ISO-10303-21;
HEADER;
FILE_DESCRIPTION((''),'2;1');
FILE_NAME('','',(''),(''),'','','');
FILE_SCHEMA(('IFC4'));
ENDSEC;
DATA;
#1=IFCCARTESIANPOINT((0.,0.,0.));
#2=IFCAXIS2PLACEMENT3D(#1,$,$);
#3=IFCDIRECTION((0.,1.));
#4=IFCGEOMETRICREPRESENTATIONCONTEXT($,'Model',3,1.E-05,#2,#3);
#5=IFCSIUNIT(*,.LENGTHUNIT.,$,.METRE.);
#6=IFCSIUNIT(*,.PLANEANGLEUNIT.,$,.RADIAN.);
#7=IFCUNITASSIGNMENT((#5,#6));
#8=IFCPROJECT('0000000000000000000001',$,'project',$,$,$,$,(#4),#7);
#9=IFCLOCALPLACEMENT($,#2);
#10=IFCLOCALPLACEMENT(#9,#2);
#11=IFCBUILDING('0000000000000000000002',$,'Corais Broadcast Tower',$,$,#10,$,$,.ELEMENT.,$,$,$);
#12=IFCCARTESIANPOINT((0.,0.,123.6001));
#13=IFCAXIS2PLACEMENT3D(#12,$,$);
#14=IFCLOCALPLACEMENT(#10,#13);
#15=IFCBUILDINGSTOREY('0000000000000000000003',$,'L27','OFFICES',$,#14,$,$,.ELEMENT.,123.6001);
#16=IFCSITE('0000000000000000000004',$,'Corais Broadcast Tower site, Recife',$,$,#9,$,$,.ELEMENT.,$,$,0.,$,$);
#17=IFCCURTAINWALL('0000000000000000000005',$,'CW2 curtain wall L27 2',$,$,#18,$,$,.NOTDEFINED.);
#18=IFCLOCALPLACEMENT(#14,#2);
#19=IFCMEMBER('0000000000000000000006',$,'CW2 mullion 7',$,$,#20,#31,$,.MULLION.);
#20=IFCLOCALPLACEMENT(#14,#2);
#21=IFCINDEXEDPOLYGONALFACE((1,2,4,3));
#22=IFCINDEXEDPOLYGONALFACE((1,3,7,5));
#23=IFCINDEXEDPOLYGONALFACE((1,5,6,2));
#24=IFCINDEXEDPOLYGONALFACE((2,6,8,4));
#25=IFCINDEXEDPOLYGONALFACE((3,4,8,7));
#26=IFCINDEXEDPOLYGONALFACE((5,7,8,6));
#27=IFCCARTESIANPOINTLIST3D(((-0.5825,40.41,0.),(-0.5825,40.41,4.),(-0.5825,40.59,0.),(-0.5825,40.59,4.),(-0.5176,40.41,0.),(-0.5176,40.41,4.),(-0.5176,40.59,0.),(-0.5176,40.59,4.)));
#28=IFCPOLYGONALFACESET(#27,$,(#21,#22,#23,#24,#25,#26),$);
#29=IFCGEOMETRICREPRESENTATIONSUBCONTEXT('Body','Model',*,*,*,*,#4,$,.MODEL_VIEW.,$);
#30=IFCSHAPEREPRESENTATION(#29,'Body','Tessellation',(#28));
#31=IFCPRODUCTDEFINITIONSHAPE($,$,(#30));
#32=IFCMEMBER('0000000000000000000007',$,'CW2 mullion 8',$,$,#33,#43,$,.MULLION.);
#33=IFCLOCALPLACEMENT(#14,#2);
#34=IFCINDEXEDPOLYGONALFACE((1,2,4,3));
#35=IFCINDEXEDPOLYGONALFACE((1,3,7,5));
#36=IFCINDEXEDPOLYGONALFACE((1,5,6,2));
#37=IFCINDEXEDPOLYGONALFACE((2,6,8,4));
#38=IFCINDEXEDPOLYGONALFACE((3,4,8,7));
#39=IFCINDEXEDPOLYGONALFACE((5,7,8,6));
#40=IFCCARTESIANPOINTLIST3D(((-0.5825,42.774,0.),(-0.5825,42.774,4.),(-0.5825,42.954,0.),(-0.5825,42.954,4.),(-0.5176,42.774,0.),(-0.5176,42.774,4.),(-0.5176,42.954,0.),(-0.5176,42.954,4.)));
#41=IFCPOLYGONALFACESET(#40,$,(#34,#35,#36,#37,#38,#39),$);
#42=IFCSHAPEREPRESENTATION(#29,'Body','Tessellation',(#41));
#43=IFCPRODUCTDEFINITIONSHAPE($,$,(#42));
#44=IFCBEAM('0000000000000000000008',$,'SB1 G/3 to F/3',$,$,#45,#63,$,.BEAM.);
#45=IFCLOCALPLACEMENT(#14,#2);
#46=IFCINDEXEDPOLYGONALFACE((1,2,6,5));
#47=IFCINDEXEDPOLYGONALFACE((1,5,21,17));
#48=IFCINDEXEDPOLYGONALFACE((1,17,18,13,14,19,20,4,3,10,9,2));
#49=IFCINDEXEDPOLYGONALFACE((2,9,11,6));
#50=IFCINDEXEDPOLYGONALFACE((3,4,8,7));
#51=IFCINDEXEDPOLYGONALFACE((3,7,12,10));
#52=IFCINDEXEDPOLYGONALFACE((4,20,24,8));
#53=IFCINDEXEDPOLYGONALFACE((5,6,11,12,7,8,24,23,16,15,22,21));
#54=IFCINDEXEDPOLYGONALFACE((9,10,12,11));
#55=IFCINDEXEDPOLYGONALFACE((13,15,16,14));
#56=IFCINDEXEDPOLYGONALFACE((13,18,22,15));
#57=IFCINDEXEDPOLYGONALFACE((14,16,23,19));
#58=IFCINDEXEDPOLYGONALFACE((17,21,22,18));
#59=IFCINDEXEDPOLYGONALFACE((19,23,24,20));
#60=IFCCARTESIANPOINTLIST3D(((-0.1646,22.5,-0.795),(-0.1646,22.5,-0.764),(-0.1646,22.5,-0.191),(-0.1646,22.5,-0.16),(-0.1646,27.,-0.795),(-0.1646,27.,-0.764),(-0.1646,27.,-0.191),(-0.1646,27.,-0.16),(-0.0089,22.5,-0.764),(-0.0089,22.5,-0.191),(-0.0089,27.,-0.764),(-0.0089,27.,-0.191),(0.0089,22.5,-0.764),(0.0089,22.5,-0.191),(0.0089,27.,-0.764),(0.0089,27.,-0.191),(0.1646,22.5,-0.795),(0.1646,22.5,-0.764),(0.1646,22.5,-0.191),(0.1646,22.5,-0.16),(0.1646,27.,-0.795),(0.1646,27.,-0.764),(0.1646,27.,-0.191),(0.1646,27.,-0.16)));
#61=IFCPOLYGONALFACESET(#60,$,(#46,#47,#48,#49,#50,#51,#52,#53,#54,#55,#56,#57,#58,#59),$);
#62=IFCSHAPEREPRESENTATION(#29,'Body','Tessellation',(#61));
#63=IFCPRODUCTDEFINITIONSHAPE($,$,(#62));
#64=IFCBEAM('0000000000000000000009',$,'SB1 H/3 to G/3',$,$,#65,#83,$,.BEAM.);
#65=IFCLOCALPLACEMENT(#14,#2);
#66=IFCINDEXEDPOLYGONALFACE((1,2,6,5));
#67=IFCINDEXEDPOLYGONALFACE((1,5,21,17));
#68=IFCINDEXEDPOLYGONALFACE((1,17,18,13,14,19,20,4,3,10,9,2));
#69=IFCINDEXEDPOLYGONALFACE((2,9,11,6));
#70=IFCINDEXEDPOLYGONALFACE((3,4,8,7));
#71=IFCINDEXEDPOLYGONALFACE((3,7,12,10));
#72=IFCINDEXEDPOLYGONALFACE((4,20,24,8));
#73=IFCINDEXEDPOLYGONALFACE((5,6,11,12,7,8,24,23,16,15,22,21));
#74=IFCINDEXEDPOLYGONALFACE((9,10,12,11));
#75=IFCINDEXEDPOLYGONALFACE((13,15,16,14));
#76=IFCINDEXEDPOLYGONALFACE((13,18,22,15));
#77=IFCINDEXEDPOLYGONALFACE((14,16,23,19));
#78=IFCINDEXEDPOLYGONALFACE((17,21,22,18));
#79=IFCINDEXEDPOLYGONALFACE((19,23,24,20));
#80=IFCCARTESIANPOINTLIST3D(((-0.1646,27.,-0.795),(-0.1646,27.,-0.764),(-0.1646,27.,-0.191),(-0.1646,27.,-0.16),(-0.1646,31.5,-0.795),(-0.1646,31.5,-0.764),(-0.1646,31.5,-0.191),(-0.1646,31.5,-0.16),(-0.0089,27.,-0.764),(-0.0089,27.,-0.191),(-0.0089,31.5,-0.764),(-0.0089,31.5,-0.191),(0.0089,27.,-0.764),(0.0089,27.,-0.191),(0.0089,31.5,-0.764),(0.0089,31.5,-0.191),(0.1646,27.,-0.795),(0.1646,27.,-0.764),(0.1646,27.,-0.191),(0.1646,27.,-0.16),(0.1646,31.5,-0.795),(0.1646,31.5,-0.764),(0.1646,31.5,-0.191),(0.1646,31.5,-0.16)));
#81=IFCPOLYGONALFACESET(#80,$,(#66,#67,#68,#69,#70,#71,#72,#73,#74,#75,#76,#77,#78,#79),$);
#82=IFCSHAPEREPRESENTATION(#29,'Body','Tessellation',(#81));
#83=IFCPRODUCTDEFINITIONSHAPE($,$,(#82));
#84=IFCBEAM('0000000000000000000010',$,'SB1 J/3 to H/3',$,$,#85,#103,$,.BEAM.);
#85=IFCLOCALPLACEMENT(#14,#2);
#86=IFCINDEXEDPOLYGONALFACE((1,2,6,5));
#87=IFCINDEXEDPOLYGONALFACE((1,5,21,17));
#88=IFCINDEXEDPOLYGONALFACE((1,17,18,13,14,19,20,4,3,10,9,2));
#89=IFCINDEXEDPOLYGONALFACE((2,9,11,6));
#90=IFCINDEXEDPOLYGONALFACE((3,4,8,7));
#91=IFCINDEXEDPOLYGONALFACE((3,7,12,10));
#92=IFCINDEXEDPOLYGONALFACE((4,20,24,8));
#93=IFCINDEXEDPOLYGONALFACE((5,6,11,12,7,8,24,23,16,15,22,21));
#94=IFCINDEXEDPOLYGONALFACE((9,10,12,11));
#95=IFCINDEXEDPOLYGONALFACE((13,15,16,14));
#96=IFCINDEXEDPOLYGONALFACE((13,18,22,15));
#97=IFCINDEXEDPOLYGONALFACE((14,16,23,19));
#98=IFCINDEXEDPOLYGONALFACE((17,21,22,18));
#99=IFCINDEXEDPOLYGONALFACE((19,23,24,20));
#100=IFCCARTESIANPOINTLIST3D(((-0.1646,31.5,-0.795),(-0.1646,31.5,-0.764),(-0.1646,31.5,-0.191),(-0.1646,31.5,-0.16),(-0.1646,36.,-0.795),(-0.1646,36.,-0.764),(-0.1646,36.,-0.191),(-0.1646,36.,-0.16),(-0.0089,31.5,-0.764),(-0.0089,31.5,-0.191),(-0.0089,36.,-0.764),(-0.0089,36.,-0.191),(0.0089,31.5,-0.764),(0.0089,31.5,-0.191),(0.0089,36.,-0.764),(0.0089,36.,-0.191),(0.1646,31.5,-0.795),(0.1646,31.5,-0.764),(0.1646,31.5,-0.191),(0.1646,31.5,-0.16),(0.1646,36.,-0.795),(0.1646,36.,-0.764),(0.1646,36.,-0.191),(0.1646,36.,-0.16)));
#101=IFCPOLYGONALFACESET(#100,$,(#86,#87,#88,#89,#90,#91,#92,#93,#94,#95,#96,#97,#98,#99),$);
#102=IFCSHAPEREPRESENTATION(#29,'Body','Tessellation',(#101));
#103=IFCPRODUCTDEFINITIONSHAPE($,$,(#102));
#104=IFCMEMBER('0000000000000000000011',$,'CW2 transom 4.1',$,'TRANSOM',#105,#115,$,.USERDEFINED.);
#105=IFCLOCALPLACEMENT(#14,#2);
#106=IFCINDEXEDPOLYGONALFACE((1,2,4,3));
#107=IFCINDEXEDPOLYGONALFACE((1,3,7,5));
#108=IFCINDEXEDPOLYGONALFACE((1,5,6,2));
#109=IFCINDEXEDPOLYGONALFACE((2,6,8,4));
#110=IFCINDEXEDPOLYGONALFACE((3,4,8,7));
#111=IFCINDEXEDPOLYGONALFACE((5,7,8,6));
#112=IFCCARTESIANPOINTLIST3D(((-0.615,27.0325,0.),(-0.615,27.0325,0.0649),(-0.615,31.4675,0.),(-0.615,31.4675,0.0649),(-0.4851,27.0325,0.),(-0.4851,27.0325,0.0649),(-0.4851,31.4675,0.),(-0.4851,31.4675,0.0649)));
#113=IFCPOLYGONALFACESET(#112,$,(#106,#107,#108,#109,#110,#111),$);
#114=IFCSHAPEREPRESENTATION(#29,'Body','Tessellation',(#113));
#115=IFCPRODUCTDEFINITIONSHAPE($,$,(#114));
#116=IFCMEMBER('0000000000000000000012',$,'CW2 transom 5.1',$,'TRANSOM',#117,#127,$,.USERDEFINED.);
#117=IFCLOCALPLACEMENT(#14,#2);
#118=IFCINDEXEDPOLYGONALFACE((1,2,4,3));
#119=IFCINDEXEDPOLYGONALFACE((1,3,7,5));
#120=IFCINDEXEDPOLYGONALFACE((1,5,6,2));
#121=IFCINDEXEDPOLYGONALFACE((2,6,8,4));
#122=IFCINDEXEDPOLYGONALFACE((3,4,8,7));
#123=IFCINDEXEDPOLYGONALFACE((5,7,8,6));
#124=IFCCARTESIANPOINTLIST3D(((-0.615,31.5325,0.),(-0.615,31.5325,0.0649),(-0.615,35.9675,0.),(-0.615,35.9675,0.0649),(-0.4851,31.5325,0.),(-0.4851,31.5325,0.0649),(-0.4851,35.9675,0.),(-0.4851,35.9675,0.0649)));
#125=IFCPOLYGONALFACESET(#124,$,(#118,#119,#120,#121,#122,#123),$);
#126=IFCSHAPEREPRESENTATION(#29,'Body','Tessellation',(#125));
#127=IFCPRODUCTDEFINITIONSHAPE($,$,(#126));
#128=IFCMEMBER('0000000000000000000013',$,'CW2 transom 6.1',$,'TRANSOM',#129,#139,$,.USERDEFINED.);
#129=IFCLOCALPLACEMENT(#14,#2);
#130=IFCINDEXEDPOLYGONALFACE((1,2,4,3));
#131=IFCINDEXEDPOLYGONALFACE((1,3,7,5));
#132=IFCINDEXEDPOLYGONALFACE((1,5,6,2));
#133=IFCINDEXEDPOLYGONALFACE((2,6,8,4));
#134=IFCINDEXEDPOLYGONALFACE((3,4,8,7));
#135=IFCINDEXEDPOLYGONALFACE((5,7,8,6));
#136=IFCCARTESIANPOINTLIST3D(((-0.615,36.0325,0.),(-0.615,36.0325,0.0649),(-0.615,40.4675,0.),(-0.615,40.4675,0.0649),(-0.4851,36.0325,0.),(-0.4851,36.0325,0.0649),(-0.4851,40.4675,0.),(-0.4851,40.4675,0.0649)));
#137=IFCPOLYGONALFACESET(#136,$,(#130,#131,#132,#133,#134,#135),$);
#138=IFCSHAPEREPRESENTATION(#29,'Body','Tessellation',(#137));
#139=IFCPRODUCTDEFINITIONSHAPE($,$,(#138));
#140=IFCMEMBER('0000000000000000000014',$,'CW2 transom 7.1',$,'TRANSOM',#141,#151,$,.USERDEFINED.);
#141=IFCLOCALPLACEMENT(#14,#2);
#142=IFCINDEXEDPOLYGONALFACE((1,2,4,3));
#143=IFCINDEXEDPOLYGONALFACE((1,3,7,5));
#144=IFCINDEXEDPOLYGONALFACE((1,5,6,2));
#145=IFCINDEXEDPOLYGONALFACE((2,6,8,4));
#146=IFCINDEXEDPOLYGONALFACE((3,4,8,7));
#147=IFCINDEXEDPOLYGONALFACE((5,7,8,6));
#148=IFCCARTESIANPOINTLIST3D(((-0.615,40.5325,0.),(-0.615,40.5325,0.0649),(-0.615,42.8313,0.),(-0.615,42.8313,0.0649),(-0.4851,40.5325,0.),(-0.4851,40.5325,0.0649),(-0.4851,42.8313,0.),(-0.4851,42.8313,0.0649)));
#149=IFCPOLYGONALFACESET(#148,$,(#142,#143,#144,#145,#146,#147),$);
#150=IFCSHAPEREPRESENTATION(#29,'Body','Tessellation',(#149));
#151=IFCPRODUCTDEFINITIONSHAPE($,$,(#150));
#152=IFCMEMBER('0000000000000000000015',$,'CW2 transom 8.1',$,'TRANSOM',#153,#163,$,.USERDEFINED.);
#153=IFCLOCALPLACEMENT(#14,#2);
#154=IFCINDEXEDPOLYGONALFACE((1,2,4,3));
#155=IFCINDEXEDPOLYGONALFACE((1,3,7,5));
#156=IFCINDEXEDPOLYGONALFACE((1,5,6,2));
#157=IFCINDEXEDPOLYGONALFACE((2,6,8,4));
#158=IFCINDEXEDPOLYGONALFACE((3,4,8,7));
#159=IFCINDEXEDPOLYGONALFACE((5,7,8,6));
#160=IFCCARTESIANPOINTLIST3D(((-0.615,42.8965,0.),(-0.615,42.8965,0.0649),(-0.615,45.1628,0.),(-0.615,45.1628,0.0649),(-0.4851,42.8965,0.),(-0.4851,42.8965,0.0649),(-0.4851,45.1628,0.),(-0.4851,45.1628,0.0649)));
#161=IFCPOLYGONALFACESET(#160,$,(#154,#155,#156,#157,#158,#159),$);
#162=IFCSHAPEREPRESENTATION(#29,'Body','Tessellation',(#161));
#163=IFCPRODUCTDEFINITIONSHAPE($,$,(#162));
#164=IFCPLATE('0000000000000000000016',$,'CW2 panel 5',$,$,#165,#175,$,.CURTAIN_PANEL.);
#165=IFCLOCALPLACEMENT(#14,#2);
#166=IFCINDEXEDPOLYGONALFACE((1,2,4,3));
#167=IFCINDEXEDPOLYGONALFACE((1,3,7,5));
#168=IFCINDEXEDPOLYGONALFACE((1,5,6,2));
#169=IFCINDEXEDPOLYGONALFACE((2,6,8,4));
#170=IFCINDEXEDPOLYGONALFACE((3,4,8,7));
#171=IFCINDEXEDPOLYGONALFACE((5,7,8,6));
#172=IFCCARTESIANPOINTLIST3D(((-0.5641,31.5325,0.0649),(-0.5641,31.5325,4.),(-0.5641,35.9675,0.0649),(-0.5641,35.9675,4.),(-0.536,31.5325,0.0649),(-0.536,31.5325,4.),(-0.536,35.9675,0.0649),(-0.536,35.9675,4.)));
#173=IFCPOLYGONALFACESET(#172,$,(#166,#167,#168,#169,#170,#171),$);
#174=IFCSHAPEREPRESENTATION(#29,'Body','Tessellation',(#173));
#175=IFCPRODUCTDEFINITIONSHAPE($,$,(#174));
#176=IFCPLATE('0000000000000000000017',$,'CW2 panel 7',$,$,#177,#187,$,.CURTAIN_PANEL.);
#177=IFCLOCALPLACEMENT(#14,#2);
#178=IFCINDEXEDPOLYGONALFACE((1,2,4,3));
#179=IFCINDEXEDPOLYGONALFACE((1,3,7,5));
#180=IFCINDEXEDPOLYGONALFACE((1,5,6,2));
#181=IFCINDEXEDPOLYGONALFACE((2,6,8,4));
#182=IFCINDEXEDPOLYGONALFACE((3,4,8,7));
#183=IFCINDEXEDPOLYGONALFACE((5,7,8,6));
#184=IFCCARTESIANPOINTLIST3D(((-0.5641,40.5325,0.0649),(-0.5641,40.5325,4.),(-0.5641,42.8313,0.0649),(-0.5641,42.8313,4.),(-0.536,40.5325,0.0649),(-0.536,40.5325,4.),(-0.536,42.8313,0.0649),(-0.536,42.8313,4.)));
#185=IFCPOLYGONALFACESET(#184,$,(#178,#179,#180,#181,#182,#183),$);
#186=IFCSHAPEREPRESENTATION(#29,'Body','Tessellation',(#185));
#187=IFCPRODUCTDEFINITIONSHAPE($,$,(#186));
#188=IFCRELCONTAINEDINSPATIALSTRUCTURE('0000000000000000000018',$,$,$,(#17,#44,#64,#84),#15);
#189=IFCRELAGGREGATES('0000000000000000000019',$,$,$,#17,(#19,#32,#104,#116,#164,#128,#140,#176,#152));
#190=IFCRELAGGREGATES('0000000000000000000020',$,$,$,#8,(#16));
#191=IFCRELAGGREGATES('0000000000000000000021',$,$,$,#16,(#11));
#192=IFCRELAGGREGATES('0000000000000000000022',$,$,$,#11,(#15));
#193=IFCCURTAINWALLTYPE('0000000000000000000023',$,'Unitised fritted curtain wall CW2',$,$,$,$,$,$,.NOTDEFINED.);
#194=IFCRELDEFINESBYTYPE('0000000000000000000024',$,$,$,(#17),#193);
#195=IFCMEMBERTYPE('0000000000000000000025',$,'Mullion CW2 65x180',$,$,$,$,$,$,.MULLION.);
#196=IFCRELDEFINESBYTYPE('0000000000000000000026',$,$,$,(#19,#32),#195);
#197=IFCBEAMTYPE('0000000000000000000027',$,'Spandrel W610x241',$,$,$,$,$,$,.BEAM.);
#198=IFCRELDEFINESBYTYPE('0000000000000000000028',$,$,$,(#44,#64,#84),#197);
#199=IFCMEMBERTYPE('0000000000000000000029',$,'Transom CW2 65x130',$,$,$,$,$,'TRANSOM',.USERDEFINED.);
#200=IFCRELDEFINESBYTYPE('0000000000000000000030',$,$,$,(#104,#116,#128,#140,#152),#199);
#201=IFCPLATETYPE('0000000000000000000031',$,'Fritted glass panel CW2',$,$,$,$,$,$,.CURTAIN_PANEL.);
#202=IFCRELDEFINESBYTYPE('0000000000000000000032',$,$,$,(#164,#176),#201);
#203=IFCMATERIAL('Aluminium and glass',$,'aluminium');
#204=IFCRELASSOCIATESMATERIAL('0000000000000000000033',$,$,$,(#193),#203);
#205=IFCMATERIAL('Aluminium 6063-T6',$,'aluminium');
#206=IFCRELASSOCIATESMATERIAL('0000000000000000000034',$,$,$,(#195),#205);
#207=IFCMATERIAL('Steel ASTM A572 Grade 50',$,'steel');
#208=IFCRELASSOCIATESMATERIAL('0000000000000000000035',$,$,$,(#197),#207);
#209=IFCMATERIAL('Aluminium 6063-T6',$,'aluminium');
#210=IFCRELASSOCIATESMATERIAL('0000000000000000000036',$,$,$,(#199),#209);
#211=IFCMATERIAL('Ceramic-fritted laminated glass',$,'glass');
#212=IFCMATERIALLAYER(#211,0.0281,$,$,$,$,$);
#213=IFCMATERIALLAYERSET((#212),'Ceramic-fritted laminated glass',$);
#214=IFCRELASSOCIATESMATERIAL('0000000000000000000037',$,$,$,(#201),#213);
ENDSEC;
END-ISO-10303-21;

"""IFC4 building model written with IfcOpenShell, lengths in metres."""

from ifc_helpers import new_model, si_unit, direction, frame, origin, origin_2d, place, context, subcontext, project, spatial, rectangle, i_section, extrude, material, layer, layer_set, material_profile, profile_set, type_object, element, aggregate, save


model = new_model("IFC4")

# Units and contexts
model_context = context("Model", 3, precision=1e-05, world=origin(), true_north=direction((0.0, 1.0)))
body_context = subcontext(model_context, "Body", "Model", "MODEL_VIEW")
ifc_project = project(units=[si_unit("LENGTHUNIT", "METRE"), si_unit("PLANEANGLEUNIT", "RADIAN")], contexts=[model_context])

# Site, building, storey
site_placement = place(None, origin())
site = spatial("IfcSite", under=ifc_project, at=site_placement, Name="Corais Broadcast Tower site, Recife", CompositionType="ELEMENT", RefElevation=0.0)
building_placement = place(site_placement, origin())
building = spatial("IfcBuilding", under=site, at=building_placement, Name="Corais Broadcast Tower", CompositionType="ELEMENT")
storey_placement = place(building_placement, frame((0.0, 0.0, 123.6001)))
storey = spatial("IfcBuildingStorey", under=building, at=storey_placement, Name="L27", Description="OFFICES", CompositionType="ELEMENT", Elevation=123.6001)

# Curtain wall, members
ifc_material_1 = material(Name="Aluminium and glass", Category="aluminium")
curtain_wall_type = type_object("IfcCurtainWallType", Name="Unitised fritted curtain wall CW2", PredefinedType="NOTDEFINED", material=ifc_material_1)
curtain_wall_placement = place(storey_placement, origin())
curtain_wall = element("IfcCurtainWall", 1, at=curtain_wall_placement, inside=storey, type_object=curtain_wall_type, Name="CW2 curtain wall L27 2", PredefinedType="NOTDEFINED")
ifc_material_2 = material(Name="Aluminium 6063-T6", Category="aluminium")
ifc_material_profile_1 = material_profile(ifc_material_2, rectangle(XDim=0.0649, YDim=0.1799, at=origin_2d()), Name="Mullion CW2 65x180")
ifc_profile_set_1 = profile_set([ifc_material_profile_1], Name="Aluminium 6063-T6")
member_type_1 = type_object("IfcMemberType", Name="Mullion CW2 65x180", PredefinedType="MULLION", material=ifc_profile_set_1)
member_1_placement = place(storey_placement, frame((-0.55, 40.5, 0.0), z_axis=(0.0, 0.0, 1.0), x_axis=(-1.0, 0.0, 0.0)))
member_1 = element("IfcMember", 2, at=member_1_placement, type_object=member_type_1, Name="CW2 mullion 7", PredefinedType="MULLION", context=body_context, shape_type="SweptSolid", body=[
    extrude(rectangle(XDim=0.0649, YDim=0.1799, at=origin_2d()), origin(), (0.0, 0.0, 1.0), 4.0),
])
member_2_placement = place(storey_placement, frame((-0.55, 42.864, 0.0), z_axis=(0.0, 0.0, 1.0), x_axis=(-1.0, 0.0, 0.0)))
member_2 = element("IfcMember", 3, at=member_2_placement, type_object=member_type_1, Name="CW2 mullion 8", PredefinedType="MULLION", context=body_context, shape_type="SweptSolid", body=[
    extrude(rectangle(XDim=0.0649, YDim=0.1799, at=origin_2d()), origin(), (0.0, 0.0, 1.0), 4.0),
])

# Beams
ifc_material_3 = material(Name="Steel ASTM A572 Grade 50", Category="steel")
ifc_material_profile_2 = material_profile(ifc_material_3, i_section(OverallWidth=0.3291, OverallDepth=0.635, WebThickness=0.0178, FlangeThickness=0.031, at=origin_2d()), Name="W610x241")
ifc_profile_set_2 = profile_set([ifc_material_profile_2], Name="Steel ASTM A572 Grade 50")
beam_type_1 = type_object("IfcBeamType", Name="Spandrel W610x241", PredefinedType="BEAM", material=ifc_profile_set_2)
for number, where, z_axis, x_axis, name in (
    (4, (0.0, 27.0, -0.4775), (0.0, -1.0, 0.0), (1.0, 0.0, 0.0), "SB1 G/3 to F/3"),
    (5, (0.0, 31.5, -0.4775), (0.0, -1.0, 0.0), (1.0, 0.0, 0.0), "SB1 H/3 to G/3"),
    (6, (0.0, 36.0, -0.4775), (0.0, -1.0, 0.0), (1.0, 0.0, 0.0), "SB1 J/3 to H/3"),
):
    element("IfcBeam", number, at=place(storey_placement, frame(where, z_axis=z_axis, x_axis=x_axis)), inside=storey, type_object=beam_type_1, Name=name, PredefinedType="BEAM", context=body_context, shape_type="SweptSolid", body=[
        extrude(i_section(OverallWidth=0.3291, OverallDepth=0.635, WebThickness=0.0178, FlangeThickness=0.031, at=origin_2d()), origin(), (0.0, 0.0, 1.0), 4.5),
    ])

# Members
ifc_material_4 = material(Name="Aluminium 6063-T6", Category="aluminium")
ifc_material_profile_3 = material_profile(ifc_material_4, rectangle(XDim=0.1299, YDim=0.0649, at=origin_2d()), Name="Transom CW2 65x130")
ifc_profile_set_3 = profile_set([ifc_material_profile_3], Name="Aluminium 6063-T6")
member_type_2 = type_object("IfcMemberType", Name="Transom CW2 65x130", ElementType="TRANSOM", PredefinedType="USERDEFINED", material=ifc_profile_set_3)
member_3_placement = place(storey_placement, frame((-0.55, 27.0325, 0.0325), z_axis=(0.0, 1.0, 0.0), x_axis=(-1.0, 0.0, 0.0)))
member_3 = element("IfcMember", 7, at=member_3_placement, type_object=member_type_2, Name="CW2 transom 4.1", ObjectType="TRANSOM", PredefinedType="USERDEFINED", context=body_context, shape_type="SweptSolid", body=[
    extrude(rectangle(XDim=0.1299, YDim=0.0649, at=origin_2d()), origin(), (0.0, 0.0, 1.0), 4.4351),
])
member_4_placement = place(storey_placement, frame((-0.55, 31.5325, 0.0325), z_axis=(0.0, 1.0, 0.0), x_axis=(-1.0, 0.0, 0.0)))
member_4 = element("IfcMember", 8, at=member_4_placement, type_object=member_type_2, Name="CW2 transom 5.1", ObjectType="TRANSOM", PredefinedType="USERDEFINED", context=body_context, shape_type="SweptSolid", body=[
    extrude(rectangle(XDim=0.1299, YDim=0.0649, at=origin_2d()), origin(), (0.0, 0.0, 1.0), 4.4351),
])
member_5_placement = place(storey_placement, frame((-0.55, 36.0325, 0.0325), z_axis=(0.0, 1.0, 0.0), x_axis=(-1.0, 0.0, 0.0)))
member_5 = element("IfcMember", 9, at=member_5_placement, type_object=member_type_2, Name="CW2 transom 6.1", ObjectType="TRANSOM", PredefinedType="USERDEFINED", context=body_context, shape_type="SweptSolid", body=[
    extrude(rectangle(XDim=0.1299, YDim=0.0649, at=origin_2d()), origin(), (0.0, 0.0, 1.0), 4.4351),
])
member_6_placement = place(storey_placement, frame((-0.55, 40.5325, 0.0325), z_axis=(0.0, 1.0, 0.0), x_axis=(-1.0, 0.0, 0.0)))
member_6 = element("IfcMember", 10, at=member_6_placement, type_object=member_type_2, Name="CW2 transom 7.1", ObjectType="TRANSOM", PredefinedType="USERDEFINED", context=body_context, shape_type="SweptSolid", body=[
    extrude(rectangle(XDim=0.1299, YDim=0.0649, at=origin_2d()), origin(), (0.0, 0.0, 1.0), 2.2988),
])
member_7_placement = place(storey_placement, frame((-0.55, 42.8965, 0.0325), z_axis=(0.0, 1.0, 0.0), x_axis=(-1.0, 0.0, 0.0)))
member_7 = element("IfcMember", 11, at=member_7_placement, type_object=member_type_2, Name="CW2 transom 8.1", ObjectType="TRANSOM", PredefinedType="USERDEFINED", context=body_context, shape_type="SweptSolid", body=[
    extrude(rectangle(XDim=0.1299, YDim=0.0649, at=origin_2d()), origin(), (0.0, 0.0, 1.0), 2.2664),
])

# Plates
ifc_material_5 = material(Name="Ceramic-fritted laminated glass", Category="glass")
ifc_layer_1 = layer(ifc_material_5, 0.0281)
ifc_layer_set_1 = layer_set([ifc_layer_1], Name="Ceramic-fritted laminated glass")
plate_type_1 = type_object("IfcPlateType", Name="Fritted glass panel CW2", PredefinedType="CURTAIN_PANEL", material=ifc_layer_set_1)
plate_1_placement = place(storey_placement, frame((-0.55, 33.75, 0.0649), z_axis=(0.0, 0.0, 1.0), x_axis=(0.0, 1.0, 0.0)))
plate_1 = element("IfcPlate", 12, at=plate_1_placement, type_object=plate_type_1, Name="CW2 panel 5", PredefinedType="CURTAIN_PANEL", context=body_context, shape_type="SweptSolid", body=[
    extrude(rectangle(XDim=4.4351, YDim=0.0281, at=origin_2d()), origin(), (0.0, 0.0, 1.0), 3.9351),
])
plate_2_placement = place(storey_placement, frame((-0.55, 41.6819, 0.0649), z_axis=(0.0, 0.0, 1.0), x_axis=(0.0, 1.0, 0.0)))
plate_2 = element("IfcPlate", 13, at=plate_2_placement, type_object=plate_type_1, Name="CW2 panel 7", PredefinedType="CURTAIN_PANEL", context=body_context, shape_type="SweptSolid", body=[
    extrude(rectangle(XDim=2.2988, YDim=0.0281, at=origin_2d()), origin(), (0.0, 0.0, 1.0), 3.9351),
])
aggregate(curtain_wall, [member_1, member_2, member_3, member_4, plate_1, member_5, member_6, plate_2, member_7])

save(model, "model.ifc")
